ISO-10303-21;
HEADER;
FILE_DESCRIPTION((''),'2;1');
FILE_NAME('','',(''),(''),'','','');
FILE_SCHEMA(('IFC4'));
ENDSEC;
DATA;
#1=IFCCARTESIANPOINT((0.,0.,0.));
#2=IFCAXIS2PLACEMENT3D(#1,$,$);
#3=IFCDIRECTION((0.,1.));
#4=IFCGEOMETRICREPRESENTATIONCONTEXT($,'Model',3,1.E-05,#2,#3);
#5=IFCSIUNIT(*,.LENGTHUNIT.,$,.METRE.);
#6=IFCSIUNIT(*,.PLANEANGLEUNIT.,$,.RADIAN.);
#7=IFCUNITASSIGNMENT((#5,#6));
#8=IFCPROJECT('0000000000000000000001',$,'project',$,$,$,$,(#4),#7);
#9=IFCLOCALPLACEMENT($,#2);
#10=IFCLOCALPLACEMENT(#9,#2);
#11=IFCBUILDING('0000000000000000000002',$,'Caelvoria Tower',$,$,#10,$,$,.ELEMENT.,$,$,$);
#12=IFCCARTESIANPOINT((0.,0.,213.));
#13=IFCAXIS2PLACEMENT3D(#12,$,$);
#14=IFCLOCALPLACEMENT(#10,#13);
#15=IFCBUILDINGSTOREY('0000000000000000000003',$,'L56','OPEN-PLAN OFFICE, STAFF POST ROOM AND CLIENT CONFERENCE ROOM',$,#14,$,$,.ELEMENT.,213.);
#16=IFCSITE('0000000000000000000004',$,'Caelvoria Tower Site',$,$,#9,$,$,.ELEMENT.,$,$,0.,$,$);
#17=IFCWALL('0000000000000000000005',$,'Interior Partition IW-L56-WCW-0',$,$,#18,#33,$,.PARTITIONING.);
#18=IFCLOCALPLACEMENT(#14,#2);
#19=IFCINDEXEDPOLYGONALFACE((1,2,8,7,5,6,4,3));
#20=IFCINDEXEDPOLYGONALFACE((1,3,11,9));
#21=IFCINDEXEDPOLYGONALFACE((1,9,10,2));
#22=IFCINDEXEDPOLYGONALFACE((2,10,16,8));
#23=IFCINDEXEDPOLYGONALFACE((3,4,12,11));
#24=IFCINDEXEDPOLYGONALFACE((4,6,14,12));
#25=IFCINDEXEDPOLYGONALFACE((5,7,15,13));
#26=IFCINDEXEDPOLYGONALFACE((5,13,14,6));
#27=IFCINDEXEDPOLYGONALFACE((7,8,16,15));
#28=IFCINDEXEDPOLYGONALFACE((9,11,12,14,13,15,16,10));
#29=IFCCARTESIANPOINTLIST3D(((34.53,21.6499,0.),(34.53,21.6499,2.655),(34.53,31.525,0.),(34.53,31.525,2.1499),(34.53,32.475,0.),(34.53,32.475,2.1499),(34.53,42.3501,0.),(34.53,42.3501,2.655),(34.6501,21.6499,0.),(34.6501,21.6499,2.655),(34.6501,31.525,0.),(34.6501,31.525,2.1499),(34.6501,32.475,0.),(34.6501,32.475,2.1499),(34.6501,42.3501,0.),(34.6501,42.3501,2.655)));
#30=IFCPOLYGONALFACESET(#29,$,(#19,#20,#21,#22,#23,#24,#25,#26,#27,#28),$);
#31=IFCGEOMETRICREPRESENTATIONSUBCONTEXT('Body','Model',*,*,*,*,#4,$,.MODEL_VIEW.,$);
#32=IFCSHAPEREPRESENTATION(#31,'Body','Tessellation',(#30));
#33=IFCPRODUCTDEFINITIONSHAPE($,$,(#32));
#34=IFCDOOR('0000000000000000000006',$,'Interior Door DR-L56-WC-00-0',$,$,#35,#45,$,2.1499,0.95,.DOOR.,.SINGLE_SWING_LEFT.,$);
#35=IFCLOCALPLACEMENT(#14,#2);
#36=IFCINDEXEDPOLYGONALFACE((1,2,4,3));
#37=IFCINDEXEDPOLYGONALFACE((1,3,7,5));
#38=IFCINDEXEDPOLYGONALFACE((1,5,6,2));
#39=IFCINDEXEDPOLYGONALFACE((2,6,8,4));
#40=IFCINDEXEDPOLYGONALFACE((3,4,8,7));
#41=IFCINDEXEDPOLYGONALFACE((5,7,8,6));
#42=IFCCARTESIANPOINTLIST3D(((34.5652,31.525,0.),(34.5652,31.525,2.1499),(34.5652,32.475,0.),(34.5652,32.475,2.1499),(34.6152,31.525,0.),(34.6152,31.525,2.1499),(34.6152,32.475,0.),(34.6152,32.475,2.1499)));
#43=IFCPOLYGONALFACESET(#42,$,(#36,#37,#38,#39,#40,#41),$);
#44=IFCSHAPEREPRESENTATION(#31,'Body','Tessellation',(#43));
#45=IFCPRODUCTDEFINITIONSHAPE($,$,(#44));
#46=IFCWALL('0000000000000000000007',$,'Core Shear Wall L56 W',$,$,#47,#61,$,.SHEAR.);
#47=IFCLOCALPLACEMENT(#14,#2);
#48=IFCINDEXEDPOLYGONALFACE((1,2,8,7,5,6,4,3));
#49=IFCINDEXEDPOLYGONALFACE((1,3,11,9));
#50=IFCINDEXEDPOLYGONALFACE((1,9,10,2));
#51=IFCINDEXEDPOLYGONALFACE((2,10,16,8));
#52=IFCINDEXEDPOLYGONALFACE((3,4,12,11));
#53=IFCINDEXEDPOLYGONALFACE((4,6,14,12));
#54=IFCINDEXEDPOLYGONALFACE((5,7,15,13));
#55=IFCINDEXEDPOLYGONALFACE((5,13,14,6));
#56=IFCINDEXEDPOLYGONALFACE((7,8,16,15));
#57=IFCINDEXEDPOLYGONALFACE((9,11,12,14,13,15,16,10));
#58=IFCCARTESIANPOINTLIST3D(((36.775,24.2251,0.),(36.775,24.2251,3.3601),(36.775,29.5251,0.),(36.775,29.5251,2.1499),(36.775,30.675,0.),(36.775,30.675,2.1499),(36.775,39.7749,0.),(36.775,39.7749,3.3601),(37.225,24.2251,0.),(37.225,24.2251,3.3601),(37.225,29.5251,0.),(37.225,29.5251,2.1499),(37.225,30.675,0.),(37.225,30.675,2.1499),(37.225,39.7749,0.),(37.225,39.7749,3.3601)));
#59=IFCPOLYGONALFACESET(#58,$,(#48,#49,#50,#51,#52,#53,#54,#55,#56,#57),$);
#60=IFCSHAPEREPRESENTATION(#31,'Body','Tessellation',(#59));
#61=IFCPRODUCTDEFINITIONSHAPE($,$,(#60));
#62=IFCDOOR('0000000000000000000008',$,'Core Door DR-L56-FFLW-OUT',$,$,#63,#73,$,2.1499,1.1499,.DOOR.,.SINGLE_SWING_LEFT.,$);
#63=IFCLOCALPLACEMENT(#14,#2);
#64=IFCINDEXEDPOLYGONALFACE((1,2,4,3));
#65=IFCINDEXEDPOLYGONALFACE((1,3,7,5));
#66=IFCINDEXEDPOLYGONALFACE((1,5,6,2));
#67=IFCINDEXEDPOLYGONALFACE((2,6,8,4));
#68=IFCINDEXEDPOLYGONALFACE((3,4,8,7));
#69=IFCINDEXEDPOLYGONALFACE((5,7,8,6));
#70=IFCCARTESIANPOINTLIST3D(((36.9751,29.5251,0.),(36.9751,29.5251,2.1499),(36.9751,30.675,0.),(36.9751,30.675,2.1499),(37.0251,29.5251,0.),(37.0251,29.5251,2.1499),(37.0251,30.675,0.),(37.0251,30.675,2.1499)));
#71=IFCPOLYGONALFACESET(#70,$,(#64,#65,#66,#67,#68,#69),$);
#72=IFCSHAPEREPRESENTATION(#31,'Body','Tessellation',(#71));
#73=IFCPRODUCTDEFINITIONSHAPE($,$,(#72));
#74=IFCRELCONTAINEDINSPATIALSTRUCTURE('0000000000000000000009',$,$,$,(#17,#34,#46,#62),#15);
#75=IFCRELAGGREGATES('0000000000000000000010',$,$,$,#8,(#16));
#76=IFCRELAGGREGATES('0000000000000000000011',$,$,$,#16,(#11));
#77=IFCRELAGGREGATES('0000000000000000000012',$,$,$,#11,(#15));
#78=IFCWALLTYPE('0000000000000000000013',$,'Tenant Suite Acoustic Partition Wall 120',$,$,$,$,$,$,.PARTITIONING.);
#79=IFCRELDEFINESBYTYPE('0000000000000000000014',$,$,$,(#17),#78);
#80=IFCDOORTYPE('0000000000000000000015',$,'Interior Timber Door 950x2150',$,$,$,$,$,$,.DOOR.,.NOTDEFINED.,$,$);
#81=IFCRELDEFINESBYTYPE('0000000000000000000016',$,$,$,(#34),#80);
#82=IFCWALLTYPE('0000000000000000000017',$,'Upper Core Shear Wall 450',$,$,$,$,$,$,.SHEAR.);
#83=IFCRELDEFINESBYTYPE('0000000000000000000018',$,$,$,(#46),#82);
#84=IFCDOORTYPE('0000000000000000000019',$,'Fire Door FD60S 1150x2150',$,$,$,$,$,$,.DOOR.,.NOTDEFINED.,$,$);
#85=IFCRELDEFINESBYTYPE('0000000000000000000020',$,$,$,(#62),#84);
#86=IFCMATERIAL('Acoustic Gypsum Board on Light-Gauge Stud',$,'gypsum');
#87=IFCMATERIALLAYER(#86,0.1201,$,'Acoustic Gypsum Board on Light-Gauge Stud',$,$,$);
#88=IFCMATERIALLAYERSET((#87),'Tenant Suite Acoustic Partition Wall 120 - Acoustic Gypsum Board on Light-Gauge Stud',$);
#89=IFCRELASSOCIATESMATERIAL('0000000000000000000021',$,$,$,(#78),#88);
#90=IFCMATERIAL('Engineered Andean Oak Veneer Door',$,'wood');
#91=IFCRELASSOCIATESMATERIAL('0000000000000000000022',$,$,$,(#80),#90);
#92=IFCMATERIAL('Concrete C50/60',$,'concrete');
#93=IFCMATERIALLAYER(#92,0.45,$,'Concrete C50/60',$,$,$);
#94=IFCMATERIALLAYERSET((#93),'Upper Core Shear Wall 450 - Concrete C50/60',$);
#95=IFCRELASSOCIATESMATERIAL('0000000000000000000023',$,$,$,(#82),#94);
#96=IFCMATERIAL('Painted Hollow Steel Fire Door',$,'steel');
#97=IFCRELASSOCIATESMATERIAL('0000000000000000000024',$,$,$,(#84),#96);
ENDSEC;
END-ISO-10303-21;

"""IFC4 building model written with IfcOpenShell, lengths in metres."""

from ifc_helpers import new_model, si_unit, direction, frame, frame_2d, origin, place, context, subcontext, project, spatial, rectangle, extrude, material, layer, layer_set, type_object, element, fill, save


model = new_model("IFC4")

# Units and contexts
model_context = context("Model", 3, precision=1e-05, world=origin(), true_north=direction((0.0, 1.0)))
body_context = subcontext(model_context, "Body", "Model", "MODEL_VIEW")
ifc_project = project(units=[si_unit("LENGTHUNIT", "METRE"), si_unit("PLANEANGLEUNIT", "RADIAN")], contexts=[model_context])

# Site, building, storey
site_placement = place(None, origin())
site = spatial("IfcSite", under=ifc_project, at=site_placement, Name="Caelvoria Tower Site", CompositionType="ELEMENT", RefElevation=0.0)
building_placement = place(site_placement, origin())
building = spatial("IfcBuilding", under=site, at=building_placement, Name="Caelvoria Tower", CompositionType="ELEMENT")
storey_placement = place(building_placement, frame((0.0, 0.0, 213.0)))
storey = spatial("IfcBuildingStorey", under=building, at=storey_placement, Name="L56", Description="OPEN-PLAN OFFICE, STAFF POST ROOM AND CLIENT CONFERENCE ROOM", CompositionType="ELEMENT", Elevation=213.0)

# Shared definitions
ifc_material_1 = material(Name="Concrete C50/60", Category="concrete")
ifc_material_2 = material(Name="Painted Hollow Steel Fire Door", Category="steel")

# Shared definitions
ifc_material_3 = material(Name="Engineered Andean Oak Veneer Door", Category="wood")

# Walls, openings, doors
ifc_material_4 = material(Name="Acoustic Gypsum Board on Light-Gauge Stud", Category="gypsum")
ifc_layer_1 = layer(ifc_material_4, 0.1201, Name="Acoustic Gypsum Board on Light-Gauge Stud")
ifc_layer_set_1 = layer_set([ifc_layer_1], Name="Tenant Suite Acoustic Partition Wall 120 - Acoustic Gypsum Board on Light-Gauge Stud")
wall_type_1 = type_object("IfcWallType", Name="Tenant Suite Acoustic Partition Wall 120", PredefinedType="PARTITIONING", material=ifc_layer_set_1)
wall_1_placement = place(storey_placement, frame((34.5901, 21.6499, 0.0), z_axis=(0.0, 0.0, 1.0), x_axis=(0.0, 1.0, 0.0)))
wall_1 = element("IfcWall", 1, at=wall_1_placement, inside=storey, type_object=wall_type_1, Name="Interior Partition IW-L56-WCW-0", PredefinedType="PARTITIONING", context=body_context, shape_type="SweptSolid", body=[
    extrude(rectangle(XDim=20.7002, YDim=0.1201, at=frame_2d((10.3501, 0.0))), origin(), (0.0, 0.0, 1.0), 2.655),
])
opening_1_placement = place(wall_1_placement, frame((9.875, 0.0, 0.0)))
opening_1 = element("IfcOpeningElement", 2, at=opening_1_placement, cuts=wall_1, PredefinedType="OPENING", context=body_context, shape_type="SweptSolid", body=[
    extrude(rectangle(XDim=0.95, YDim=2.1499, at=frame_2d((0.4751, 1.075))), frame((0.0, 0.0701, 0.0), z_axis=(0.0, -1.0, 0.0), x_axis=(1.0, 0.0, 0.0)), (0.0, 0.0, 1.0), 0.1401),
])
door_type_1 = type_object("IfcDoorType", Name="Interior Timber Door 950x2150", OperationType="NOTDEFINED", PredefinedType="DOOR", material=ifc_material_3)
door_1_placement = place(opening_1_placement, origin())
door_1 = element("IfcDoor", 3, at=door_1_placement, inside=storey, type_object=door_type_1, Name="Interior Door DR-L56-WC-00-0", OperationType="SINGLE_SWING_LEFT", OverallHeight=2.1499, OverallWidth=0.95, PredefinedType="DOOR", context=body_context, shape_type="SweptSolid", body=[
    extrude(rectangle(XDim=0.95, YDim=2.1499, at=frame_2d((0.4751, 1.075))), frame((0.0, 0.0249, 0.0), z_axis=(0.0, -1.0, 0.0), x_axis=(1.0, 0.0, 0.0)), (0.0, 0.0, 1.0), 0.05),
])
fill(opening_1, door_1)
ifc_layer_2 = layer(ifc_material_1, 0.45, Name="Concrete C50/60")
ifc_layer_set_2 = layer_set([ifc_layer_2], Name="Upper Core Shear Wall 450 - Concrete C50/60")
wall_type_2 = type_object("IfcWallType", Name="Upper Core Shear Wall 450", PredefinedType="SHEAR", material=ifc_layer_set_2)
wall_2_placement = place(storey_placement, frame((37.0, 24.2251, 0.0), z_axis=(0.0, 0.0, 1.0), x_axis=(0.0, 1.0, 0.0)))
wall_2 = element("IfcWall", 4, at=wall_2_placement, inside=storey, type_object=wall_type_2, Name="Core Shear Wall L56 W", PredefinedType="SHEAR", context=body_context, shape_type="SweptSolid", body=[
    extrude(rectangle(XDim=15.5498, YDim=0.45, at=frame_2d((7.7749, 0.0))), origin(), (0.0, 0.0, 1.0), 3.3601),
])
opening_2_placement = place(wall_2_placement, frame((5.3, 0.0, 0.0)))
opening_2 = element("IfcOpeningElement", 5, at=opening_2_placement, cuts=wall_2, PredefinedType="OPENING", context=body_context, shape_type="SweptSolid", body=[
    extrude(rectangle(XDim=1.1499, YDim=2.1499, at=frame_2d((0.575, 1.075))), frame((0.0, 0.2349, 0.0), z_axis=(0.0, -1.0, 0.0), x_axis=(1.0, 0.0, 0.0)), (0.0, 0.0, 1.0), 0.47),
])
door_type_2 = type_object("IfcDoorType", Name="Fire Door FD60S 1150x2150", OperationType="NOTDEFINED", PredefinedType="DOOR", material=ifc_material_2)
door_2_placement = place(opening_2_placement, origin())
door_2 = element("IfcDoor", 6, at=door_2_placement, inside=storey, type_object=door_type_2, Name="Core Door DR-L56-FFLW-OUT", OperationType="SINGLE_SWING_LEFT", OverallHeight=2.1499, OverallWidth=1.1499, PredefinedType="DOOR", context=body_context, shape_type="SweptSolid", body=[
    extrude(rectangle(XDim=1.1499, YDim=2.1499, at=frame_2d((0.575, 1.075))), frame((0.0, 0.0249, 0.0), z_axis=(0.0, -1.0, 0.0), x_axis=(1.0, 0.0, 0.0)), (0.0, 0.0, 1.0), 0.05),
])
fill(opening_2, door_2)

save(model, "model.ifc")
